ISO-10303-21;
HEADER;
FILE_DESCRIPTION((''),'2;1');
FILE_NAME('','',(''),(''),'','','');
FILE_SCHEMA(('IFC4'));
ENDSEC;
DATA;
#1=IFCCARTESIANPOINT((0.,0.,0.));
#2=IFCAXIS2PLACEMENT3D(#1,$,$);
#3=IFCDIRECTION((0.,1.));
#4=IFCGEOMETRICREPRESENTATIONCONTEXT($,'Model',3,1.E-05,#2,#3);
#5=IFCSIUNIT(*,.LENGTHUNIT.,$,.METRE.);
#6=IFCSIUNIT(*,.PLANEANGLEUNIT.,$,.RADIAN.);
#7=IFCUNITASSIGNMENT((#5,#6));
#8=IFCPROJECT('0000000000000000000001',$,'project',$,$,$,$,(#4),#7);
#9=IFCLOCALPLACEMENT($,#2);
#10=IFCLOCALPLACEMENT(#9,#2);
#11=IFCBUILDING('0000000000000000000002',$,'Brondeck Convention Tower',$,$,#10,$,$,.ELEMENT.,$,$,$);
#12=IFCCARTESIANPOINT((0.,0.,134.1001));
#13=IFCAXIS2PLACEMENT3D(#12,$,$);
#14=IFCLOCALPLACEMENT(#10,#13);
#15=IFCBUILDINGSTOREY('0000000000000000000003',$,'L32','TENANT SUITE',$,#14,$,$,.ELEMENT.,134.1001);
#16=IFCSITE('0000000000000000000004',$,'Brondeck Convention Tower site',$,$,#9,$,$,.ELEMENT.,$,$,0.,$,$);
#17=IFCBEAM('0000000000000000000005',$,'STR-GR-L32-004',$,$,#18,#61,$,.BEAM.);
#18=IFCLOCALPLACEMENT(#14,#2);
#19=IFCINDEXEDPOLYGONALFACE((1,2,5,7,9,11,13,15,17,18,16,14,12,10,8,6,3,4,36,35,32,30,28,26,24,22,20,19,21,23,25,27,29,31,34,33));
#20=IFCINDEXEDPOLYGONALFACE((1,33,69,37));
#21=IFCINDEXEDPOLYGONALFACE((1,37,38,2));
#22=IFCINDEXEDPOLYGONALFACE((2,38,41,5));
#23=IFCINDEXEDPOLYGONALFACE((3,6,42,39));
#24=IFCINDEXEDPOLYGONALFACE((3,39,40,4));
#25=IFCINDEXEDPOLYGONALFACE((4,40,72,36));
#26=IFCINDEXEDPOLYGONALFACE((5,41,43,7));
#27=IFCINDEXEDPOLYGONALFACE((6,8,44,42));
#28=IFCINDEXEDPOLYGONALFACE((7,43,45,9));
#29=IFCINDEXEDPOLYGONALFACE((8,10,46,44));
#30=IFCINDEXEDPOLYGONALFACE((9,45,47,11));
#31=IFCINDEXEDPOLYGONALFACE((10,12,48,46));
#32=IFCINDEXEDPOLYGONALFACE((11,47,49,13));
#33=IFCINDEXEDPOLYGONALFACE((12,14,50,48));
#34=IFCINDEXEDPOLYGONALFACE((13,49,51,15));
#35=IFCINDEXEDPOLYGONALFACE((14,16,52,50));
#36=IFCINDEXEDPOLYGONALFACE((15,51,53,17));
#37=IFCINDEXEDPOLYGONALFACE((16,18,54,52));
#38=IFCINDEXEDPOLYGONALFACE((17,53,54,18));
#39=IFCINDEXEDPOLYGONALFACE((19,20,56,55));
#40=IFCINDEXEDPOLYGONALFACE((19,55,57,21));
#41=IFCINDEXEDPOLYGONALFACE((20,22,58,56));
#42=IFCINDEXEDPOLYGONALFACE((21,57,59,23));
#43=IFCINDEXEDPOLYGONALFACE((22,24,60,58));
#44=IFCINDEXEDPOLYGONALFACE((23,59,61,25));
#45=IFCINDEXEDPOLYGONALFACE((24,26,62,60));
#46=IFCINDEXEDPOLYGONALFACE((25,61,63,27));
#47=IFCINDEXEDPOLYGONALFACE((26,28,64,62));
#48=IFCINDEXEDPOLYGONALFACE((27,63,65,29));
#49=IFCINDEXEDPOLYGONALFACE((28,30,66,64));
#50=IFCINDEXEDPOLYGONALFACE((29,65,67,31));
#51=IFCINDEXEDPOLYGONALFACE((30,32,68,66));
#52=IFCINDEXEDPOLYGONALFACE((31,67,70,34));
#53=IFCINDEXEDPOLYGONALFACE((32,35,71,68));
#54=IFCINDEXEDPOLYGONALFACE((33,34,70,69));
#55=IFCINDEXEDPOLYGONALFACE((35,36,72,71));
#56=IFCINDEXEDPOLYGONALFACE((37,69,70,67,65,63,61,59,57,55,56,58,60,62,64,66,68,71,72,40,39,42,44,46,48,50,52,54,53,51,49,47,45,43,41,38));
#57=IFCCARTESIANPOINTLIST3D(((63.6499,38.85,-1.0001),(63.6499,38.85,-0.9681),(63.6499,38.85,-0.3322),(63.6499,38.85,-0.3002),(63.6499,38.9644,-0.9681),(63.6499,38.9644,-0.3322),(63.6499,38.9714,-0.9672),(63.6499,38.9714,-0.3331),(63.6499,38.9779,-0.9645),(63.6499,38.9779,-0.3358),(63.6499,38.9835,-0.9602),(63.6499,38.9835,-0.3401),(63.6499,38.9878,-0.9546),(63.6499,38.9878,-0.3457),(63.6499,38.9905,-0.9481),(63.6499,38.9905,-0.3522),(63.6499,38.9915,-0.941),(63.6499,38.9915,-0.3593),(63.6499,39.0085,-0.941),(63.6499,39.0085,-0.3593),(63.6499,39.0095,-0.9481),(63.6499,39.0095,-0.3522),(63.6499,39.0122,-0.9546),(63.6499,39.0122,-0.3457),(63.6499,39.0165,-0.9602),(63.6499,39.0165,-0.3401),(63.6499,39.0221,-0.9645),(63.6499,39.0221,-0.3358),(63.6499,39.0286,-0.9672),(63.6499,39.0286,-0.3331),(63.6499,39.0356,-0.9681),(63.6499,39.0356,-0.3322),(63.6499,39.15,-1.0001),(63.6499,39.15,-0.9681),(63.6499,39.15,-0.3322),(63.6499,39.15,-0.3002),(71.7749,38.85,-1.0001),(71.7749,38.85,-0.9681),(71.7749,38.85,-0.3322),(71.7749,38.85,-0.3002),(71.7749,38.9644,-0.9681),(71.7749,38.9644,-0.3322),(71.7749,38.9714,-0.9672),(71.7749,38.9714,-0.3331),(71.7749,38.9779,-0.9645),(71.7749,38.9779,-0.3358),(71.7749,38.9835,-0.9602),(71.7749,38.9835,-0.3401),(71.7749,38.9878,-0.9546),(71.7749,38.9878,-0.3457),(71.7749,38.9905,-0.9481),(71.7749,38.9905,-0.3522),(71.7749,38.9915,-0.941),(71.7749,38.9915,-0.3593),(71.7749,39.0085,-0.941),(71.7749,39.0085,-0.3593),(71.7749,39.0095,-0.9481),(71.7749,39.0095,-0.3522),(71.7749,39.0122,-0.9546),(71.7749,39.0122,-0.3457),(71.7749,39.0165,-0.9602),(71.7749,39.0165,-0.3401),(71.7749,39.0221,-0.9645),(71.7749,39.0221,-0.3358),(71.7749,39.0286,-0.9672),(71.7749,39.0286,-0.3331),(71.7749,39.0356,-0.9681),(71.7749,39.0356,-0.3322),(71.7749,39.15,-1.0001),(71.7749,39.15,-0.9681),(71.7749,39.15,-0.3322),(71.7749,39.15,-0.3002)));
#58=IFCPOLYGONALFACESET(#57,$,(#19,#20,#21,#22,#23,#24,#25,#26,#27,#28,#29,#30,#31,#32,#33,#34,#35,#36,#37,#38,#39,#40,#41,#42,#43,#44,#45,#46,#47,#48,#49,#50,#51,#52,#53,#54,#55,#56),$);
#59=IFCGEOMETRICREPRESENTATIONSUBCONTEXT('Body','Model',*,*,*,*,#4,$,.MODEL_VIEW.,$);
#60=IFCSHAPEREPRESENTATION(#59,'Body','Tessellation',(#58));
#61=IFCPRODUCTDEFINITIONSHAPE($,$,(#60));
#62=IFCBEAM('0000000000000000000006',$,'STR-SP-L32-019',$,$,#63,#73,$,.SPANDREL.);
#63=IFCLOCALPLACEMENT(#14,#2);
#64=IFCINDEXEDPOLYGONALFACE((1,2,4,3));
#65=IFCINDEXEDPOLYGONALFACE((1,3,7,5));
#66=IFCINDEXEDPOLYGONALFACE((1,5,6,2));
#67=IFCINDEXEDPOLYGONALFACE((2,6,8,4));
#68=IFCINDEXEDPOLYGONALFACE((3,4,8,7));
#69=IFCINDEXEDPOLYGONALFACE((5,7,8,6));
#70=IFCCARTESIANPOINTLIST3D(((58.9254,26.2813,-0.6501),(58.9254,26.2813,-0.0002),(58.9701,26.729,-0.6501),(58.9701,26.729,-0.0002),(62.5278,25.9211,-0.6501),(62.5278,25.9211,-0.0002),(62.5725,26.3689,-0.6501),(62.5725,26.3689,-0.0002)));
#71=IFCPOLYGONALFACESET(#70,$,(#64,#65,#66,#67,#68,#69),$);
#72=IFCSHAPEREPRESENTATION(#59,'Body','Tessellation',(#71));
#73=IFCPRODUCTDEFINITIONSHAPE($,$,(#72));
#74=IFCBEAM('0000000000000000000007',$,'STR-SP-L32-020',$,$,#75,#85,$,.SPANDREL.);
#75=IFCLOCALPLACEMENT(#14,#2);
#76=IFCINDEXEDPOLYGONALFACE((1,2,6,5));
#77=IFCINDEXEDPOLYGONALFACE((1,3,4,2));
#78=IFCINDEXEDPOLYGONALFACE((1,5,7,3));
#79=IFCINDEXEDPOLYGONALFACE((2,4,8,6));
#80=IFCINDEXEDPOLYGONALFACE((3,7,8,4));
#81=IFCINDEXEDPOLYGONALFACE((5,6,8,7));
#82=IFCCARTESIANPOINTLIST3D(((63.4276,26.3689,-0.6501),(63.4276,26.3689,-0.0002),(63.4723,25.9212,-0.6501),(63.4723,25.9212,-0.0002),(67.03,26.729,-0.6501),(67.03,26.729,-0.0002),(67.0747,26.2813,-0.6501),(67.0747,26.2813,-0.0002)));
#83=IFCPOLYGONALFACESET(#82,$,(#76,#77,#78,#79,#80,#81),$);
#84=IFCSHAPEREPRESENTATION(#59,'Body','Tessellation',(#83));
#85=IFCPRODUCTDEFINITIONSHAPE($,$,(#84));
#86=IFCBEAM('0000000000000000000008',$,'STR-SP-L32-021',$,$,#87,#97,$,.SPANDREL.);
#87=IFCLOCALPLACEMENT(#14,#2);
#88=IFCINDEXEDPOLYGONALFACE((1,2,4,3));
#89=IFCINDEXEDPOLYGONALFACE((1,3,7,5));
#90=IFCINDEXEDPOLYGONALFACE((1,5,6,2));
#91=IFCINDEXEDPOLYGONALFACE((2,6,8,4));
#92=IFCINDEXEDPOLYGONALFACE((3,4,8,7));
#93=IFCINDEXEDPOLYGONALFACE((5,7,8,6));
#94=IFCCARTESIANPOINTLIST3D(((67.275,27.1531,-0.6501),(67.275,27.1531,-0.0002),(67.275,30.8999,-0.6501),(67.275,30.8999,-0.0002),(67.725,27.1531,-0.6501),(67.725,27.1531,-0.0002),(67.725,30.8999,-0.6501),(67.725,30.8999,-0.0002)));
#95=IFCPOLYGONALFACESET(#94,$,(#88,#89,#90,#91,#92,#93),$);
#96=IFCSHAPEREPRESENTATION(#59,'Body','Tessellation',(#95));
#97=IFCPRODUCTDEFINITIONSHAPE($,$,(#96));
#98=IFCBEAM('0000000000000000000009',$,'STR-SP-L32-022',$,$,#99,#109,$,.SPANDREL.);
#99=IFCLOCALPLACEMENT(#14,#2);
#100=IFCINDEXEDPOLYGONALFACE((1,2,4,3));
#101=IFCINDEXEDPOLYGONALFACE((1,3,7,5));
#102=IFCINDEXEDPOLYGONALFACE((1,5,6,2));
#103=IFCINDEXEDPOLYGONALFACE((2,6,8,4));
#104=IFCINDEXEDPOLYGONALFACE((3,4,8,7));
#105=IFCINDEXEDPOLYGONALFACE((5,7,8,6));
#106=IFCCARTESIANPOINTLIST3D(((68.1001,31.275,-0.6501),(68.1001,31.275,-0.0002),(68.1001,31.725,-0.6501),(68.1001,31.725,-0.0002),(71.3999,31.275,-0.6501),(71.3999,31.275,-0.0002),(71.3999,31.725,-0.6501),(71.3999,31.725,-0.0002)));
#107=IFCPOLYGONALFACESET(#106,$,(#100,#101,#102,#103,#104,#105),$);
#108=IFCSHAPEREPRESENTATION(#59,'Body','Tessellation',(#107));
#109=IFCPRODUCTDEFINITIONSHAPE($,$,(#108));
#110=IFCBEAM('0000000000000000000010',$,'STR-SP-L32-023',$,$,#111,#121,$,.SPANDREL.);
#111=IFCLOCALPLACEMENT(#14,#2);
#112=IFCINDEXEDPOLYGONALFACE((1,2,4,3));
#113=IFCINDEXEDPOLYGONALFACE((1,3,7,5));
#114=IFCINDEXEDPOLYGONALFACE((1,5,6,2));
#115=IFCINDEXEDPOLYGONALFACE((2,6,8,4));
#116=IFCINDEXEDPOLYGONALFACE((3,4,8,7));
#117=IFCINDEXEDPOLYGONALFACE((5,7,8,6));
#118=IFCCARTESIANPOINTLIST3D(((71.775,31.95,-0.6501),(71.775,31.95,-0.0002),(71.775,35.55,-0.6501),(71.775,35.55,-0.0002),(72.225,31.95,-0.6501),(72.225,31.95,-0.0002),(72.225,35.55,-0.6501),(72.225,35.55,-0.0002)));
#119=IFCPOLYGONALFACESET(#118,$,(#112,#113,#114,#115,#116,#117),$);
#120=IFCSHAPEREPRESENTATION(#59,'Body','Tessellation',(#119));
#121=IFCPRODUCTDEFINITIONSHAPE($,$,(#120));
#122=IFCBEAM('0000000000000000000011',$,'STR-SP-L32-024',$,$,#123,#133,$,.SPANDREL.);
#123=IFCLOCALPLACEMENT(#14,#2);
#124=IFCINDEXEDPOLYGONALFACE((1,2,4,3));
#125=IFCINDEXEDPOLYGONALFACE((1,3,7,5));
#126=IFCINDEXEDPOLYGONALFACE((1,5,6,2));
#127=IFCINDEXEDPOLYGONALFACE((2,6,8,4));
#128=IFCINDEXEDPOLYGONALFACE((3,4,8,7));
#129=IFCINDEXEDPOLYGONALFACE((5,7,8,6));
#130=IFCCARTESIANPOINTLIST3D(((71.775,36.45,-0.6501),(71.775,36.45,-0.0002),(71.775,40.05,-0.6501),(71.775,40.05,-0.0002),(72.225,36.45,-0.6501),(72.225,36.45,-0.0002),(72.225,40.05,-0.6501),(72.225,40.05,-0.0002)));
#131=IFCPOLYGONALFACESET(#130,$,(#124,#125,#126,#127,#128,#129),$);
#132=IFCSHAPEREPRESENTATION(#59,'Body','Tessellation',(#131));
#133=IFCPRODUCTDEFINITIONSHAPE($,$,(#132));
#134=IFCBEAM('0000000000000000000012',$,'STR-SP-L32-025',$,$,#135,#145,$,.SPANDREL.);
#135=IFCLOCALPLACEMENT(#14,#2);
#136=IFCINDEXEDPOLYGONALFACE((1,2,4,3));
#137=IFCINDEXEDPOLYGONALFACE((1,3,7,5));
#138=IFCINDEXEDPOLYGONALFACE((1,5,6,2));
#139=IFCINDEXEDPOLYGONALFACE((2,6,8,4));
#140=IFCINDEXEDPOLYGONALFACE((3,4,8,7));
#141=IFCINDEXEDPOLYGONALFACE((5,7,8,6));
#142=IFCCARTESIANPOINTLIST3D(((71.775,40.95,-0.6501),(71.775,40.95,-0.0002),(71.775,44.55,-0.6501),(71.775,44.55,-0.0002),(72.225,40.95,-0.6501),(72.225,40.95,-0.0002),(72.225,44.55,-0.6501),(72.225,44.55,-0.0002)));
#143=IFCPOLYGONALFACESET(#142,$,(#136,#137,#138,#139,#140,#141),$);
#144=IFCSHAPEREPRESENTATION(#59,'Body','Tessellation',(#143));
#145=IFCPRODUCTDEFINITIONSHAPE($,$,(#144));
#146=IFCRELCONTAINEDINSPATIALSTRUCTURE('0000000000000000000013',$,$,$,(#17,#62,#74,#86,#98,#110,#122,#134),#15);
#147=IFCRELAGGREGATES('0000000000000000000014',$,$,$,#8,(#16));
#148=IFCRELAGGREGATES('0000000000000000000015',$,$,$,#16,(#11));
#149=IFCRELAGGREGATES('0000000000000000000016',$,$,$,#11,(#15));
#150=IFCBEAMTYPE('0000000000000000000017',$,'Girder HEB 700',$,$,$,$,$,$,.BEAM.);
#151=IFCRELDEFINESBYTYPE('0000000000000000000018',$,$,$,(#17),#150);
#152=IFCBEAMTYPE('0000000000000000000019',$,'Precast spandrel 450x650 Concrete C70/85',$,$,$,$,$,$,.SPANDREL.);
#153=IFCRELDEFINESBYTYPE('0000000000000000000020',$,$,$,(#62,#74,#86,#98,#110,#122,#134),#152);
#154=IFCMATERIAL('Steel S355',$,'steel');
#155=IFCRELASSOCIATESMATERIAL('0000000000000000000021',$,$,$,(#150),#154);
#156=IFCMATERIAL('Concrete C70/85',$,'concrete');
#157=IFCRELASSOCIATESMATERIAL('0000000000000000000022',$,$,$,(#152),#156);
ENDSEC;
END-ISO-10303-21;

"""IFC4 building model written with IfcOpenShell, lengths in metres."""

from ifc_helpers import new_model, si_unit, direction, frame, origin, origin_2d, place, context, subcontext, project, spatial, rectangle, i_section, extrude, material, material_profile, profile_set, type_object, element, save


model = new_model("IFC4")

# Units and contexts
model_context = context("Model", 3, precision=1e-05, world=origin(), true_north=direction((0.0, 1.0)))
body_context = subcontext(model_context, "Body", "Model", "MODEL_VIEW")
ifc_project = project(units=[si_unit("LENGTHUNIT", "METRE"), si_unit("PLANEANGLEUNIT", "RADIAN")], contexts=[model_context])

# Site, building, storey
site_placement = place(None, origin())
site = spatial("IfcSite", under=ifc_project, at=site_placement, Name="Brondeck Convention Tower site", CompositionType="ELEMENT", RefElevation=0.0)
building_placement = place(site_placement, origin())
building = spatial("IfcBuilding", under=site, at=building_placement, Name="Brondeck Convention Tower", CompositionType="ELEMENT")
storey_placement = place(building_placement, frame((0.0, 0.0, 134.1001)))
storey = spatial("IfcBuildingStorey", under=building, at=storey_placement, Name="L32", Description="TENANT SUITE", CompositionType="ELEMENT", Elevation=134.1001)

# Shared definitions
ifc_material_1 = material(Name="Concrete C70/85", Category="concrete")

# Beams
ifc_material_2 = material(Name="Steel S355", Category="steel")
ifc_material_profile_1 = material_profile(ifc_material_2, i_section(OverallWidth=0.3, OverallDepth=0.7, WebThickness=0.0171, FlangeThickness=0.032, FilletRadius=0.0271, at=origin_2d()), Name="HEB 700")
ifc_profile_set_1 = profile_set([ifc_material_profile_1], Name="Steel S355")
beam_type_1 = type_object("IfcBeamType", Name="Girder HEB 700", PredefinedType="BEAM", material=ifc_profile_set_1)
beam_1_placement = place(storey_placement, frame((63.6499, 39.0, -0.6501), z_axis=(1.0, 0.0, 0.0), x_axis=(0.0, 1.0, 0.0)))
element("IfcBeam", 1, at=beam_1_placement, inside=storey, type_object=beam_type_1, Name="STR-GR-L32-004", PredefinedType="BEAM", context=body_context, shape_type="SweptSolid", body=[
    extrude(i_section(OverallWidth=0.3, OverallDepth=0.7, WebThickness=0.0171, FlangeThickness=0.032, FilletRadius=0.0271, at=origin_2d()), origin(), (0.0, 0.0, 1.0), 8.125),
])
ifc_material_profile_2 = material_profile(ifc_material_1, rectangle(XDim=0.45, YDim=0.6499, at=origin_2d()), Name="Precast spandrel 450x650 Concrete C70/85")
ifc_profile_set_2 = profile_set([ifc_material_profile_2], Name="Concrete C70/85")
beam_type_2 = type_object("IfcBeamType", Name="Precast spandrel 450x650 Concrete C70/85", PredefinedType="SPANDREL", material=ifc_profile_set_2)
for number, where, z_axis, x_axis, name in (
    (2, (58.9478, 26.5051, -0.3252), (0.995041, -0.09947, 0.0), (0.09947, 0.995041, 0.0), "STR-SP-L32-019"),
    (3, (63.45, 26.145, -0.3252), (0.995041, 0.09947, 0.0), (-0.09947, 0.995041, 0.0), "STR-SP-L32-020"),
):
    element("IfcBeam", number, at=place(storey_placement, frame(where, z_axis=z_axis, x_axis=x_axis)), inside=storey, type_object=beam_type_2, Name=name, PredefinedType="SPANDREL", context=body_context, shape_type="SweptSolid", body=[
        extrude(rectangle(XDim=0.45, YDim=0.6499, at=origin_2d()), origin(), (0.0, 0.0, 1.0), 3.6204),
    ])
beam_2_placement = place(storey_placement, frame((67.5, 27.1531, -0.3252), z_axis=(0.0, 1.0, 0.0), x_axis=(-1.0, 0.0, 0.0)))
element("IfcBeam", 4, at=beam_2_placement, inside=storey, type_object=beam_type_2, Name="STR-SP-L32-021", PredefinedType="SPANDREL", context=body_context, shape_type="SweptSolid", body=[
    extrude(rectangle(XDim=0.45, YDim=0.6499, at=origin_2d()), origin(), (0.0, 0.0, 1.0), 3.7468),
])
beam_3_placement = place(storey_placement, frame((68.1001, 31.5, -0.3252), z_axis=(1.0, 0.0, 0.0), x_axis=(0.0, 1.0, 0.0)))
element("IfcBeam", 5, at=beam_3_placement, inside=storey, type_object=beam_type_2, Name="STR-SP-L32-022", PredefinedType="SPANDREL", context=body_context, shape_type="SweptSolid", body=[
    extrude(rectangle(XDim=0.45, YDim=0.6499, at=origin_2d()), origin(), (0.0, 0.0, 1.0), 3.2998),
])
for number, where, z_axis, x_axis, name in (
    (6, (72.0, 31.95, -0.3252), (0.0, 1.0, 0.0), (-1.0, 0.0, 0.0), "STR-SP-L32-023"),
    (7, (72.0, 36.45, -0.3252), (0.0, 1.0, 0.0), (-1.0, 0.0, 0.0), "STR-SP-L32-024"),
    (8, (72.0, 40.95, -0.3252), (0.0, 1.0, 0.0), (-1.0, 0.0, 0.0), "STR-SP-L32-025"),
):
    element("IfcBeam", number, at=place(storey_placement, frame(where, z_axis=z_axis, x_axis=x_axis)), inside=storey, type_object=beam_type_2, Name=name, PredefinedType="SPANDREL", context=body_context, shape_type="SweptSolid", body=[
        extrude(rectangle(XDim=0.45, YDim=0.6499, at=origin_2d()), origin(), (0.0, 0.0, 1.0), 3.6001),
    ])

save(model, "model.ifc")
